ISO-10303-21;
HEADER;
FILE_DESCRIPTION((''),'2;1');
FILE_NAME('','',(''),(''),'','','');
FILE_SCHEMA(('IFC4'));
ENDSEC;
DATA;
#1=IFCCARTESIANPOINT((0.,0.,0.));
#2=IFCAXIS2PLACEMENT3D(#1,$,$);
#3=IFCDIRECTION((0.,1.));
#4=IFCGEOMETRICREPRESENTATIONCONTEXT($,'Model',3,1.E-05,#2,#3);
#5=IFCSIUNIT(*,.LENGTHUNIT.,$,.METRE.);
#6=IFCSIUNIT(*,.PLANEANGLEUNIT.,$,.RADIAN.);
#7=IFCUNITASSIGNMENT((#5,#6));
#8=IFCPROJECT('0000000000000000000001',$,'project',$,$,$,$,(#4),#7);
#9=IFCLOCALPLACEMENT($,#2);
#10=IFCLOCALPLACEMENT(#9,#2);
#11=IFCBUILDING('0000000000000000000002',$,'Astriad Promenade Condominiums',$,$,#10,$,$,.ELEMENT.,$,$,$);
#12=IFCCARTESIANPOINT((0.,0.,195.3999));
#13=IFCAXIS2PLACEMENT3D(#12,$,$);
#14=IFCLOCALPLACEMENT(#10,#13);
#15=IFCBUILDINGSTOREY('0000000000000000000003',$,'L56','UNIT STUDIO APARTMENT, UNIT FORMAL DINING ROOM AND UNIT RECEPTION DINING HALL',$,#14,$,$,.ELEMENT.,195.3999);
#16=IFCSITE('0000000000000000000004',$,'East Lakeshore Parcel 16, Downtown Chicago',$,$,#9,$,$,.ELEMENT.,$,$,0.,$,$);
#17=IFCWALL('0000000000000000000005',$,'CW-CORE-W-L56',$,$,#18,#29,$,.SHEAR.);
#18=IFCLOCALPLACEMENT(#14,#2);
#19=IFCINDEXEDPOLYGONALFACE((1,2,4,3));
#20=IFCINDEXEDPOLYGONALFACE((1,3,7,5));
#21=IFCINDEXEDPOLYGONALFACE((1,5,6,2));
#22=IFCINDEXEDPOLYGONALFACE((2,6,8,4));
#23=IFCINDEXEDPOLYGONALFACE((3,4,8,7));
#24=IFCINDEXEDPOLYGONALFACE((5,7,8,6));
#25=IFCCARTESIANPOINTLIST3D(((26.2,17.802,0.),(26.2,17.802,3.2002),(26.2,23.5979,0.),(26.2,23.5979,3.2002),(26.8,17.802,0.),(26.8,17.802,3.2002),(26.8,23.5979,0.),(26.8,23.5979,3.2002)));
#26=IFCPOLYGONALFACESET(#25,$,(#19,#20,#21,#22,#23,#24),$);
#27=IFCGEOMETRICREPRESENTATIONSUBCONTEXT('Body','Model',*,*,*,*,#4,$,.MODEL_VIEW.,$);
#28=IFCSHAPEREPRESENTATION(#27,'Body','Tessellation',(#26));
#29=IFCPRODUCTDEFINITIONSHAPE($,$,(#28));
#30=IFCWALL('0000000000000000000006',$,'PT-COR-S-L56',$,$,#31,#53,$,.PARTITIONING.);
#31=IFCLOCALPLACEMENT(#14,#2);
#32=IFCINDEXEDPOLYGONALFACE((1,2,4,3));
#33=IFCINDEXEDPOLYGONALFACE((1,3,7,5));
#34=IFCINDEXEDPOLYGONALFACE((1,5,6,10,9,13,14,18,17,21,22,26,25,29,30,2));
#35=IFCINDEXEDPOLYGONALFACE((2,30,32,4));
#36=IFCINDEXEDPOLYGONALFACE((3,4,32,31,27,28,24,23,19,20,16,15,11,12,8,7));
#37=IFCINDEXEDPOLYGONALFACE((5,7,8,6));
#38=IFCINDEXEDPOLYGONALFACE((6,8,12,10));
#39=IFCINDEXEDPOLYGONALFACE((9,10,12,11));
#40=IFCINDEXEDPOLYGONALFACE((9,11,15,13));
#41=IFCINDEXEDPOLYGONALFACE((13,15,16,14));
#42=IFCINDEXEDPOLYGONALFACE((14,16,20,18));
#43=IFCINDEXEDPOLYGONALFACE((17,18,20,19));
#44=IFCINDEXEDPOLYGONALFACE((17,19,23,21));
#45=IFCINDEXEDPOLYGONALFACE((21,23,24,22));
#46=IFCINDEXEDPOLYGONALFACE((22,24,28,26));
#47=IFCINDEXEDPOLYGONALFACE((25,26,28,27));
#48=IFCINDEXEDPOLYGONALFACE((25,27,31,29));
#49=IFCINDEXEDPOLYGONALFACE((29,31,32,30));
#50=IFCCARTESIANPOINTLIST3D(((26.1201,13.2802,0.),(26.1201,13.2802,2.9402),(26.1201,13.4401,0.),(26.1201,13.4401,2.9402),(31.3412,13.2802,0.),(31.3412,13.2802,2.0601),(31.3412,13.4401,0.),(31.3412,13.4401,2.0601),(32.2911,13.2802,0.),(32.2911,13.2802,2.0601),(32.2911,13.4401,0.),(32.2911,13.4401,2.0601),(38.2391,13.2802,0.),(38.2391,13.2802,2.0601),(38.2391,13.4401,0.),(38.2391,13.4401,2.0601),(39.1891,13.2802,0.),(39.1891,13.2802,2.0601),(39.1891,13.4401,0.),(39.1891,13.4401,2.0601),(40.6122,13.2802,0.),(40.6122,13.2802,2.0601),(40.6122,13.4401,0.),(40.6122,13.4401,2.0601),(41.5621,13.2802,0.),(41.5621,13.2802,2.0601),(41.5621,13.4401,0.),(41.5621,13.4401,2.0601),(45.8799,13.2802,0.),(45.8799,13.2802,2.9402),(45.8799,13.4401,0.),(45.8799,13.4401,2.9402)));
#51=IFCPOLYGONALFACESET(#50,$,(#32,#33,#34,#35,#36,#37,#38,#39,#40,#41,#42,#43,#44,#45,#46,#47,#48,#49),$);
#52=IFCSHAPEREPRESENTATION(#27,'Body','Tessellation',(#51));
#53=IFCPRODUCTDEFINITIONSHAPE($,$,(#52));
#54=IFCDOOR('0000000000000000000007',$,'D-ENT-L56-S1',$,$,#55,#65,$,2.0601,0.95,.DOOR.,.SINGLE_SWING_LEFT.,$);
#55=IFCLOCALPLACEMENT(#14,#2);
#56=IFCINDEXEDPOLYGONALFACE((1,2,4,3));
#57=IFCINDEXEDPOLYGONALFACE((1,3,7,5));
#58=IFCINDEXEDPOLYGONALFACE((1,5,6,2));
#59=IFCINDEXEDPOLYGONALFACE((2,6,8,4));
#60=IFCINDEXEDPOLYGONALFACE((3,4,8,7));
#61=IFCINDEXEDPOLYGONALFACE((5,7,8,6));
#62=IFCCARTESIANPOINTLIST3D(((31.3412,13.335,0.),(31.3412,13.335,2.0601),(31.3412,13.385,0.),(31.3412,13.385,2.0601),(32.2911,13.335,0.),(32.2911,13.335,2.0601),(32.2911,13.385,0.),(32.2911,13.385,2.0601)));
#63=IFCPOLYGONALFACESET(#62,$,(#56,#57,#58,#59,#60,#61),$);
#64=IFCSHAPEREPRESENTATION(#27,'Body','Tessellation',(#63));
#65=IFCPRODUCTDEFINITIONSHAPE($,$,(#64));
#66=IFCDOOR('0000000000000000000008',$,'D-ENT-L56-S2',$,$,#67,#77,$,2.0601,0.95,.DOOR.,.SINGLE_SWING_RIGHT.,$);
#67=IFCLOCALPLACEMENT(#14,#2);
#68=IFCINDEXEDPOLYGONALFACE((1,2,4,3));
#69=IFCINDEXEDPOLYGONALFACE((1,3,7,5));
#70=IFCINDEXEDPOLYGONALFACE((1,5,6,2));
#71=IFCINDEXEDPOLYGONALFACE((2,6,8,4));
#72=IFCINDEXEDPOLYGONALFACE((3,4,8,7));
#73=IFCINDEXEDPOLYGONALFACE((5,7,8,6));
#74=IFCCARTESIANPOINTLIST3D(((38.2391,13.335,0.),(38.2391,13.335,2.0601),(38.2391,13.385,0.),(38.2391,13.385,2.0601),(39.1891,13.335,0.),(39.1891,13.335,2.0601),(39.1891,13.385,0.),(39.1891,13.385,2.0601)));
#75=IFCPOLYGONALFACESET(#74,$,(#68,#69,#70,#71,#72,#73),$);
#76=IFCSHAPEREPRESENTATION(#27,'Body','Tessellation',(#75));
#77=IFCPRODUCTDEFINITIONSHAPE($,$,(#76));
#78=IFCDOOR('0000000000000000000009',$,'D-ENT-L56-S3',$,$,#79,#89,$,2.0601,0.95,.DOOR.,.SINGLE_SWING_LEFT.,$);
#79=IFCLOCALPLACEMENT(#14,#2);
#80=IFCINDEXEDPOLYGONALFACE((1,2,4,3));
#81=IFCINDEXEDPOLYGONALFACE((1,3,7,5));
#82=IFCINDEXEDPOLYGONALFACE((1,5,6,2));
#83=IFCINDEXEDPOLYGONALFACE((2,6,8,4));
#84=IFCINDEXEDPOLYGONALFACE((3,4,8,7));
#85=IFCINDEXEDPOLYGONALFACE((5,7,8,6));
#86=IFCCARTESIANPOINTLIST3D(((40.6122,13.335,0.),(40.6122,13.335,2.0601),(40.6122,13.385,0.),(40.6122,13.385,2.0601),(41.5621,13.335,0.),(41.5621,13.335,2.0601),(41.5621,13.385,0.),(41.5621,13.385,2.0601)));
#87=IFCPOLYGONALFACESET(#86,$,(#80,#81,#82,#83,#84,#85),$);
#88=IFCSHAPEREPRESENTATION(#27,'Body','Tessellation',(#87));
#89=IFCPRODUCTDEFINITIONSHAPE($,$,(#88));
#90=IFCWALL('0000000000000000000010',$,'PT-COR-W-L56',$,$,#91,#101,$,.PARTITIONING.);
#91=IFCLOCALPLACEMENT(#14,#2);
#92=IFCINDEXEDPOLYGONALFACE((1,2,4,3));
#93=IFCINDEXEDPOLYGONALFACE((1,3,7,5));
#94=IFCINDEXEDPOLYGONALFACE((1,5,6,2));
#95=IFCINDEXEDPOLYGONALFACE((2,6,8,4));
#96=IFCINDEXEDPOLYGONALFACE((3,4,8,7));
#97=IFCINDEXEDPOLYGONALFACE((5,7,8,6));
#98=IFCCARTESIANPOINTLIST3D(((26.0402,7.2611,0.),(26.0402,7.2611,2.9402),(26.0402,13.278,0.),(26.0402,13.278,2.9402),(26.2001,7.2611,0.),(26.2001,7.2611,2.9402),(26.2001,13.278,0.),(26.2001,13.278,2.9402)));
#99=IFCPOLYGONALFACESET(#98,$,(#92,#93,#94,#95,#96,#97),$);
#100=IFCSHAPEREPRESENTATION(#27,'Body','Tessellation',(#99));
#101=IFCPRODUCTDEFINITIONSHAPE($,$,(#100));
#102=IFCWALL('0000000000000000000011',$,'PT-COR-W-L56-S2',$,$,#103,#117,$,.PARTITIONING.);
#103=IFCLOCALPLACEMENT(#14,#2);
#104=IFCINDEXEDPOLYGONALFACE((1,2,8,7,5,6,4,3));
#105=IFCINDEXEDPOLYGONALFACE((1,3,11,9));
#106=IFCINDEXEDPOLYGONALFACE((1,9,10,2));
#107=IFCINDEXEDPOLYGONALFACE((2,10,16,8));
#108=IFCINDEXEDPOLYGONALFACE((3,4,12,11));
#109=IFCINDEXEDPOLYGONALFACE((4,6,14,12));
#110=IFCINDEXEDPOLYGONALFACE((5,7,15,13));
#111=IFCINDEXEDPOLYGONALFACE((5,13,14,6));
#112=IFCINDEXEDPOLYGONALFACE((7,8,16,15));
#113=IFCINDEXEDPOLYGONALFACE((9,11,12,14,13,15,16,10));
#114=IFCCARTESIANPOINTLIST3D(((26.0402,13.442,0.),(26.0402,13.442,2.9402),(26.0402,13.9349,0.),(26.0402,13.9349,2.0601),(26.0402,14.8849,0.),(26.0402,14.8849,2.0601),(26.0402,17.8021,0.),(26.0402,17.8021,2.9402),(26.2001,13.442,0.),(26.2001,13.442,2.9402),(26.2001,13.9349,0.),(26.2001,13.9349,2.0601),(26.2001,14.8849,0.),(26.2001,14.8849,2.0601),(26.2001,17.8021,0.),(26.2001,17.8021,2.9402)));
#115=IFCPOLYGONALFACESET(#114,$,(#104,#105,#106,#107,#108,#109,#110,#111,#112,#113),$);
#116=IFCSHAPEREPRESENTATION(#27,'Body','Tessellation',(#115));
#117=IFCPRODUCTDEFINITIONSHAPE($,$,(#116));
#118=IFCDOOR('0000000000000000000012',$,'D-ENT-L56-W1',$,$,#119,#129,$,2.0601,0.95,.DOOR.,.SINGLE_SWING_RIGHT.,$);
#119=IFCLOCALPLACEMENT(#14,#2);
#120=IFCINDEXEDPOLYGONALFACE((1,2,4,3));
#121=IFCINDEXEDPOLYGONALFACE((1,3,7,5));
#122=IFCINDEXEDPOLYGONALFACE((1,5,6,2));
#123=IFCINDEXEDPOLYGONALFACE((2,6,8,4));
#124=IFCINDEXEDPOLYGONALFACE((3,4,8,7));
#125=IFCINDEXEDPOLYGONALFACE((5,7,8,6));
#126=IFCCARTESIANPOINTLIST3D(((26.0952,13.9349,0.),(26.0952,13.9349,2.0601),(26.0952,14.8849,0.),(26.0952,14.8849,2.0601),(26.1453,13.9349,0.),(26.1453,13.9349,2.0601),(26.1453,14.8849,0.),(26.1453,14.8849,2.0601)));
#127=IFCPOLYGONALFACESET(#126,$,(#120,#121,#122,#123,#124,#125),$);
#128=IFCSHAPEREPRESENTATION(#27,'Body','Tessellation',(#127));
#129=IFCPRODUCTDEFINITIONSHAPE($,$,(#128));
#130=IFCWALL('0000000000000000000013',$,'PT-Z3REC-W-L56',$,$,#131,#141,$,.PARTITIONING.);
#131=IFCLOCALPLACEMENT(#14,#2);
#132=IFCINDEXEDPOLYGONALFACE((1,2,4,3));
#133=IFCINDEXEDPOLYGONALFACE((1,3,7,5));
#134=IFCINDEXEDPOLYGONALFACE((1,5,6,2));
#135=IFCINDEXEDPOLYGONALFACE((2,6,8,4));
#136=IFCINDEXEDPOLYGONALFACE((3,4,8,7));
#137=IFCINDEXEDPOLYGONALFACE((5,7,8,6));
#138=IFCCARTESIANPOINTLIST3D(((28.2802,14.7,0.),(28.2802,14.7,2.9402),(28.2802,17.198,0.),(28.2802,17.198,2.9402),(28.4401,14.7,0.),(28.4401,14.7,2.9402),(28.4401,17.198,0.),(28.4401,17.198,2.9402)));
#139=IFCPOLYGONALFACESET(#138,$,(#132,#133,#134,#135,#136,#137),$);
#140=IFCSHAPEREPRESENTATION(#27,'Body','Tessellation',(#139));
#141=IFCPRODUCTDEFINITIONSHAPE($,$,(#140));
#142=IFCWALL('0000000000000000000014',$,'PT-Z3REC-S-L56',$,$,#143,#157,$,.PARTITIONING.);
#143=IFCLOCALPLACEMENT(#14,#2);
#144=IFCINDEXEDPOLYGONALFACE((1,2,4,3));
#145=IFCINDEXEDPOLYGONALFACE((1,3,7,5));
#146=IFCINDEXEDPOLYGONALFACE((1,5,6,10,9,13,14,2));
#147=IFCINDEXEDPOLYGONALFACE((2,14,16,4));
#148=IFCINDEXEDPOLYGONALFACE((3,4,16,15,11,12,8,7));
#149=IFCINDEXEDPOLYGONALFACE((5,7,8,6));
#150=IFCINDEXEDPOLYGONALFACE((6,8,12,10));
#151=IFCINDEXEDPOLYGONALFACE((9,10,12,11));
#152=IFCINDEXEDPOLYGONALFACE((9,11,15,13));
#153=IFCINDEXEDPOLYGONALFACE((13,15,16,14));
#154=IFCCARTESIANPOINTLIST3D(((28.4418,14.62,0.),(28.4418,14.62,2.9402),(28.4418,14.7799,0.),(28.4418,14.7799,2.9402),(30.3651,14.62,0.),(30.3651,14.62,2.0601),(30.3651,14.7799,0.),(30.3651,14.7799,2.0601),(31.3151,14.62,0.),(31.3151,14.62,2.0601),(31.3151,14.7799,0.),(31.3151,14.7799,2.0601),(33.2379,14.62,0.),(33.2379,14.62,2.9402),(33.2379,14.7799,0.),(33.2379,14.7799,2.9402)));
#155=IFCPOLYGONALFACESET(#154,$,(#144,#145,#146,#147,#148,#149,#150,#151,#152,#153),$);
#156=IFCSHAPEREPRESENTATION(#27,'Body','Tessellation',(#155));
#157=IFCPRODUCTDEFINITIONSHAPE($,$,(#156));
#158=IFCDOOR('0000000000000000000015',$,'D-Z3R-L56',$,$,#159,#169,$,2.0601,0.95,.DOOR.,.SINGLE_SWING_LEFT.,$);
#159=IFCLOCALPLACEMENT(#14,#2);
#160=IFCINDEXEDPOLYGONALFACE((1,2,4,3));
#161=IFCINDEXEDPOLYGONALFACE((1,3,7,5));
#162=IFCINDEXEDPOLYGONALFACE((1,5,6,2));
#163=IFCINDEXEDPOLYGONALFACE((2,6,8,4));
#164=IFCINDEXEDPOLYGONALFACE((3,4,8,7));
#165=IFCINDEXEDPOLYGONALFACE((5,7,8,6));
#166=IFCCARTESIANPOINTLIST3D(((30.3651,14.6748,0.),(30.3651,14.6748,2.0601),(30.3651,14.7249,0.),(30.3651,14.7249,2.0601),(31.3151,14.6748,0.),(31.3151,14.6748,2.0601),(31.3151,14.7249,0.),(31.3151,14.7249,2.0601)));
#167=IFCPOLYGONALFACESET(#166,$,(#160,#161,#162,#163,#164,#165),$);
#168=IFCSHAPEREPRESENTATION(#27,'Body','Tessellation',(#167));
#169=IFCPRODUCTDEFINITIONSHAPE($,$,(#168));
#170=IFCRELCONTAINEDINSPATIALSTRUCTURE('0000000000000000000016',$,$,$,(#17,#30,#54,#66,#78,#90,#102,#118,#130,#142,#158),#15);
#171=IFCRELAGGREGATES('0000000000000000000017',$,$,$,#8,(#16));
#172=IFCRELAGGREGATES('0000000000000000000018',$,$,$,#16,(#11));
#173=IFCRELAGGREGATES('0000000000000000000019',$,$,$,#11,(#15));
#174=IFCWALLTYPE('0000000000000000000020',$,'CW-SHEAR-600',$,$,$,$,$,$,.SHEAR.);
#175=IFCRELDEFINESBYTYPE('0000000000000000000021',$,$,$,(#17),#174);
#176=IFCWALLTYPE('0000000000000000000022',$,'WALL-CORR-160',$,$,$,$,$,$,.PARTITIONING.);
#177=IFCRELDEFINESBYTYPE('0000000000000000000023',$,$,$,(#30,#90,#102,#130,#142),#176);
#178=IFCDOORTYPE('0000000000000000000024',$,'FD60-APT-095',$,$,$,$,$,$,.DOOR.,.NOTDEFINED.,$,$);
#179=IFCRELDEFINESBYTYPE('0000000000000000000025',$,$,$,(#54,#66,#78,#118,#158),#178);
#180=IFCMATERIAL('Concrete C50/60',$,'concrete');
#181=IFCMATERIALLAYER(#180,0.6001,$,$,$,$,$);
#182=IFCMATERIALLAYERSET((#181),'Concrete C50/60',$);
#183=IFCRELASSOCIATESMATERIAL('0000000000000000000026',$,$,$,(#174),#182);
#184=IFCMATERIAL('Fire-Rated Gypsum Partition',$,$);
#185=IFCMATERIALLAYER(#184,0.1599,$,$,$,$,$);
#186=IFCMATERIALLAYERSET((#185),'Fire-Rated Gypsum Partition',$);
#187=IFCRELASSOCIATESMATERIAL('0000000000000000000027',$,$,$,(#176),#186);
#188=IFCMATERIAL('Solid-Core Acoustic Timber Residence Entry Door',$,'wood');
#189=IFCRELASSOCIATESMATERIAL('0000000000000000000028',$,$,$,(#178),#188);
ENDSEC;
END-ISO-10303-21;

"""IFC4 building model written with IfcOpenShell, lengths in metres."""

from ifc_helpers import new_model, si_unit, direction, frame, frame_2d, origin, place, context, subcontext, project, spatial, rectangle, extrude, source, transform, mapped, material, layer, layer_set, type_object, type_shapes, element, fill, save


model = new_model("IFC4")

# Units and contexts
model_context = context("Model", 3, precision=1e-05, world=origin(), true_north=direction((0.0, 1.0)))
body_context = subcontext(model_context, "Body", "Model", "MODEL_VIEW")
ifc_project = project(units=[si_unit("LENGTHUNIT", "METRE"), si_unit("PLANEANGLEUNIT", "RADIAN")], contexts=[model_context])

# Site, building, storey
site_placement = place(None, origin())
site = spatial("IfcSite", under=ifc_project, at=site_placement, Name="East Lakeshore Parcel 16, Downtown Chicago", CompositionType="ELEMENT", RefElevation=0.0)
building_placement = place(site_placement, origin())
building = spatial("IfcBuilding", under=site, at=building_placement, Name="Astriad Promenade Condominiums", CompositionType="ELEMENT")
storey_placement = place(building_placement, frame((0.0, 0.0, 195.3999)))
storey = spatial("IfcBuildingStorey", under=building, at=storey_placement, Name="L56", Description="UNIT STUDIO APARTMENT, UNIT FORMAL DINING ROOM AND UNIT RECEPTION DINING HALL", CompositionType="ELEMENT", Elevation=195.3999)

# Shared definitions
ifc_material_1 = material(Name="Concrete C50/60", Category="concrete")

# Shared definitions
ifc_layer_1 = layer(ifc_material_1, 0.6001)
ifc_layer_set_1 = layer_set([ifc_layer_1], Name="Concrete C50/60")
wall_type_1 = type_object("IfcWallType", Name="CW-SHEAR-600", PredefinedType="SHEAR", material=ifc_layer_set_1)

# Wall
wall_1_placement = place(storey_placement, frame((26.5, 17.802, 0.0), z_axis=(0.0, 0.0, 1.0), x_axis=(0.0, 1.0, 0.0)))
element("IfcWall", 1, at=wall_1_placement, inside=storey, type_object=wall_type_1, Name="CW-CORE-W-L56", PredefinedType="SHEAR", context=body_context, shape_type="SweptSolid", body=[
    extrude(rectangle(XDim=5.7959, YDim=0.6001, at=frame_2d((2.8979, 0.0))), origin(), (0.0, 0.0, 1.0), 3.2002),
])

# Wall, openings, doors
ifc_material_2 = material(Name="Fire-Rated Gypsum Partition")
ifc_layer_2 = layer(ifc_material_2, 0.1599)
ifc_layer_set_2 = layer_set([ifc_layer_2], Name="Fire-Rated Gypsum Partition")
wall_type_2 = type_object("IfcWallType", Name="WALL-CORR-160", PredefinedType="PARTITIONING", material=ifc_layer_set_2)
wall_2_placement = place(storey_placement, frame((26.1201, 13.3601, 0.0), z_axis=(0.0, 0.0, 1.0), x_axis=(1.0, 0.0, 0.0)))
wall_2 = element("IfcWall", 2, at=wall_2_placement, inside=storey, type_object=wall_type_2, Name="PT-COR-S-L56", PredefinedType="PARTITIONING", context=body_context, shape_type="SweptSolid", body=[
    extrude(rectangle(XDim=19.7598, YDim=0.1599, at=frame_2d((9.8799, 0.0))), origin(), (0.0, 0.0, 1.0), 2.9402),
])
opening_1_placement = place(wall_2_placement, frame((5.2209, 0.0, 0.0)))
opening_1 = element("IfcOpeningElement", 3, at=opening_1_placement, cuts=wall_2, PredefinedType="OPENING", context=body_context, shape_type="SweptSolid", body=[
    extrude(rectangle(XDim=0.95, YDim=2.0601, at=frame_2d((0.4751, 1.03))), frame((0.0, 0.0898, 0.0), z_axis=(0.0, -1.0, 0.0), x_axis=(1.0, 0.0, 0.0)), (0.0, 0.0, 1.0), 0.1799),
])
opening_2_placement = place(wall_2_placement, frame((12.1189, 0.0, 0.0)))
opening_2 = element("IfcOpeningElement", 4, at=opening_2_placement, cuts=wall_2, PredefinedType="OPENING", context=body_context, shape_type="SweptSolid", body=[
    extrude(rectangle(XDim=0.95, YDim=2.0601, at=frame_2d((0.4751, 1.03))), frame((0.0, 0.0898, 0.0), z_axis=(0.0, -1.0, 0.0), x_axis=(1.0, 0.0, 0.0)), (0.0, 0.0, 1.0), 0.1799),
])
opening_3_placement = place(wall_2_placement, frame((14.4919, 0.0, 0.0)))
opening_3 = element("IfcOpeningElement", 5, at=opening_3_placement, cuts=wall_2, PredefinedType="OPENING", context=body_context, shape_type="SweptSolid", body=[
    extrude(rectangle(XDim=0.95, YDim=2.0601, at=frame_2d((0.4751, 1.03))), frame((0.0, 0.0898, 0.0), z_axis=(0.0, -1.0, 0.0), x_axis=(1.0, 0.0, 0.0)), (0.0, 0.0, 1.0), 0.1799),
])
ifc_material_3 = material(Name="Solid-Core Acoustic Timber Residence Entry Door", Category="wood")
door_type_1 = type_object("IfcDoorType", Name="FD60-APT-095", OperationType="NOTDEFINED", PredefinedType="DOOR", material=ifc_material_3)
shared_shape_1 = source(origin(), body_context, "Body", "SweptSolid", [
    extrude(rectangle(XDim=0.95, YDim=2.0601, at=frame_2d((0.4751, 1.03))), frame((0.0, 0.0249, 0.0), z_axis=(0.0, -1.0, 0.0), x_axis=(1.0, 0.0, 0.0)), (0.0, 0.0, 1.0), 0.05),
])
type_shapes(door_type_1, [shared_shape_1])
door_1_placement = place(opening_1_placement, origin())
door_1 = element("IfcDoor", 6, at=door_1_placement, inside=storey, type_object=door_type_1, Name="D-ENT-L56-S1", OperationType="SINGLE_SWING_LEFT", OverallHeight=2.0601, OverallWidth=0.95, PredefinedType="DOOR", context=body_context, shape_type="MappedRepresentation", body=[
    mapped(shared_shape_1, transform((0.0, 0.0, 0.0), scale=1.0)),
])
fill(opening_1, door_1)
door_2_placement = place(opening_2_placement, origin())
door_2 = element("IfcDoor", 7, at=door_2_placement, inside=storey, type_object=door_type_1, Name="D-ENT-L56-S2", OperationType="SINGLE_SWING_RIGHT", OverallHeight=2.0601, OverallWidth=0.95, PredefinedType="DOOR", context=body_context, shape_type="MappedRepresentation", body=[
    mapped(shared_shape_1, transform((0.0, 0.0, 0.0), scale=1.0)),
])
fill(opening_2, door_2)
door_3_placement = place(opening_3_placement, origin())
door_3 = element("IfcDoor", 8, at=door_3_placement, inside=storey, type_object=door_type_1, Name="D-ENT-L56-S3", OperationType="SINGLE_SWING_LEFT", OverallHeight=2.0601, OverallWidth=0.95, PredefinedType="DOOR", context=body_context, shape_type="MappedRepresentation", body=[
    mapped(shared_shape_1, transform((0.0, 0.0, 0.0), scale=1.0)),
])
fill(opening_3, door_3)

# Wall
wall_3_placement = place(storey_placement, frame((26.1201, 7.2612, 0.0), z_axis=(0.0, 0.0, 1.0), x_axis=(0.0, 1.0, 0.0)))
element("IfcWall", 9, at=wall_3_placement, inside=storey, type_object=wall_type_2, Name="PT-COR-W-L56", PredefinedType="PARTITIONING", context=body_context, shape_type="SweptSolid", body=[
    extrude(rectangle(XDim=6.0168, YDim=0.1599, at=frame_2d((3.0083, 0.0))), origin(), (0.0, 0.0, 1.0), 2.9402),
])

# Wall, opening, door
wall_4_placement = place(storey_placement, frame((26.1201, 13.4419, 0.0), z_axis=(0.0, 0.0, 1.0), x_axis=(0.0, 1.0, 0.0)))
wall_4 = element("IfcWall", 10, at=wall_4_placement, inside=storey, type_object=wall_type_2, Name="PT-COR-W-L56-S2", PredefinedType="PARTITIONING", context=body_context, shape_type="SweptSolid", body=[
    extrude(rectangle(XDim=4.3601, YDim=0.1599, at=frame_2d((2.1802, 0.0))), origin(), (0.0, 0.0, 1.0), 2.9402),
])
opening_4_placement = place(wall_4_placement, frame((0.4929, 0.0, 0.0)))
opening_4 = element("IfcOpeningElement", 11, at=opening_4_placement, cuts=wall_4, PredefinedType="OPENING", context=body_context, shape_type="SweptSolid", body=[
    extrude(rectangle(XDim=0.95, YDim=2.0601, at=frame_2d((0.4751, 1.03))), frame((0.0, 0.0898, 0.0), z_axis=(0.0, -1.0, 0.0), x_axis=(1.0, 0.0, 0.0)), (0.0, 0.0, 1.0), 0.1799),
])
door_4_placement = place(opening_4_placement, origin())
door_4 = element("IfcDoor", 12, at=door_4_placement, inside=storey, type_object=door_type_1, Name="D-ENT-L56-W1", OperationType="SINGLE_SWING_RIGHT", OverallHeight=2.0601, OverallWidth=0.95, PredefinedType="DOOR", context=body_context, shape_type="MappedRepresentation", body=[
    mapped(shared_shape_1, transform((0.0, 0.0, 0.0), scale=1.0)),
])
fill(opening_4, door_4)

# Wall
wall_5_placement = place(storey_placement, frame((28.3601, 14.7, 0.0), z_axis=(0.0, 0.0, 1.0), x_axis=(0.0, 1.0, 0.0)))
element("IfcWall", 13, at=wall_5_placement, inside=storey, type_object=wall_type_2, Name="PT-Z3REC-W-L56", PredefinedType="PARTITIONING", context=body_context, shape_type="SweptSolid", body=[
    extrude(rectangle(XDim=2.498, YDim=0.1599, at=frame_2d((1.249, 0.0))), origin(), (0.0, 0.0, 1.0), 2.9402),
])

# Wall, opening, door
wall_6_placement = place(storey_placement, frame((28.4419, 14.7, 0.0), z_axis=(0.0, 0.0, 1.0), x_axis=(1.0, 0.0, 0.0)))
wall_6 = element("IfcWall", 14, at=wall_6_placement, inside=storey, type_object=wall_type_2, Name="PT-Z3REC-S-L56", PredefinedType="PARTITIONING", context=body_context, shape_type="SweptSolid", body=[
    extrude(rectangle(XDim=4.7961, YDim=0.1599, at=frame_2d((2.3979, 0.0))), origin(), (0.0, 0.0, 1.0), 2.9402),
])
opening_5_placement = place(wall_6_placement, frame((1.9231, 0.0, 0.0)))
opening_5 = element("IfcOpeningElement", 15, at=opening_5_placement, cuts=wall_6, PredefinedType="OPENING", context=body_context, shape_type="SweptSolid", body=[
    extrude(rectangle(XDim=0.95, YDim=2.0601, at=frame_2d((0.4751, 1.03))), frame((0.0, 0.0898, 0.0), z_axis=(0.0, -1.0, 0.0), x_axis=(1.0, 0.0, 0.0)), (0.0, 0.0, 1.0), 0.1799),
])
door_5_placement = place(opening_5_placement, origin())
door_5 = element("IfcDoor", 16, at=door_5_placement, inside=storey, type_object=door_type_1, Name="D-Z3R-L56", OperationType="SINGLE_SWING_LEFT", OverallHeight=2.0601, OverallWidth=0.95, PredefinedType="DOOR", context=body_context, shape_type="MappedRepresentation", body=[
    mapped(shared_shape_1, transform((0.0, 0.0, 0.0), scale=1.0)),
])
fill(opening_5, door_5)

save(model, "model.ifc")
